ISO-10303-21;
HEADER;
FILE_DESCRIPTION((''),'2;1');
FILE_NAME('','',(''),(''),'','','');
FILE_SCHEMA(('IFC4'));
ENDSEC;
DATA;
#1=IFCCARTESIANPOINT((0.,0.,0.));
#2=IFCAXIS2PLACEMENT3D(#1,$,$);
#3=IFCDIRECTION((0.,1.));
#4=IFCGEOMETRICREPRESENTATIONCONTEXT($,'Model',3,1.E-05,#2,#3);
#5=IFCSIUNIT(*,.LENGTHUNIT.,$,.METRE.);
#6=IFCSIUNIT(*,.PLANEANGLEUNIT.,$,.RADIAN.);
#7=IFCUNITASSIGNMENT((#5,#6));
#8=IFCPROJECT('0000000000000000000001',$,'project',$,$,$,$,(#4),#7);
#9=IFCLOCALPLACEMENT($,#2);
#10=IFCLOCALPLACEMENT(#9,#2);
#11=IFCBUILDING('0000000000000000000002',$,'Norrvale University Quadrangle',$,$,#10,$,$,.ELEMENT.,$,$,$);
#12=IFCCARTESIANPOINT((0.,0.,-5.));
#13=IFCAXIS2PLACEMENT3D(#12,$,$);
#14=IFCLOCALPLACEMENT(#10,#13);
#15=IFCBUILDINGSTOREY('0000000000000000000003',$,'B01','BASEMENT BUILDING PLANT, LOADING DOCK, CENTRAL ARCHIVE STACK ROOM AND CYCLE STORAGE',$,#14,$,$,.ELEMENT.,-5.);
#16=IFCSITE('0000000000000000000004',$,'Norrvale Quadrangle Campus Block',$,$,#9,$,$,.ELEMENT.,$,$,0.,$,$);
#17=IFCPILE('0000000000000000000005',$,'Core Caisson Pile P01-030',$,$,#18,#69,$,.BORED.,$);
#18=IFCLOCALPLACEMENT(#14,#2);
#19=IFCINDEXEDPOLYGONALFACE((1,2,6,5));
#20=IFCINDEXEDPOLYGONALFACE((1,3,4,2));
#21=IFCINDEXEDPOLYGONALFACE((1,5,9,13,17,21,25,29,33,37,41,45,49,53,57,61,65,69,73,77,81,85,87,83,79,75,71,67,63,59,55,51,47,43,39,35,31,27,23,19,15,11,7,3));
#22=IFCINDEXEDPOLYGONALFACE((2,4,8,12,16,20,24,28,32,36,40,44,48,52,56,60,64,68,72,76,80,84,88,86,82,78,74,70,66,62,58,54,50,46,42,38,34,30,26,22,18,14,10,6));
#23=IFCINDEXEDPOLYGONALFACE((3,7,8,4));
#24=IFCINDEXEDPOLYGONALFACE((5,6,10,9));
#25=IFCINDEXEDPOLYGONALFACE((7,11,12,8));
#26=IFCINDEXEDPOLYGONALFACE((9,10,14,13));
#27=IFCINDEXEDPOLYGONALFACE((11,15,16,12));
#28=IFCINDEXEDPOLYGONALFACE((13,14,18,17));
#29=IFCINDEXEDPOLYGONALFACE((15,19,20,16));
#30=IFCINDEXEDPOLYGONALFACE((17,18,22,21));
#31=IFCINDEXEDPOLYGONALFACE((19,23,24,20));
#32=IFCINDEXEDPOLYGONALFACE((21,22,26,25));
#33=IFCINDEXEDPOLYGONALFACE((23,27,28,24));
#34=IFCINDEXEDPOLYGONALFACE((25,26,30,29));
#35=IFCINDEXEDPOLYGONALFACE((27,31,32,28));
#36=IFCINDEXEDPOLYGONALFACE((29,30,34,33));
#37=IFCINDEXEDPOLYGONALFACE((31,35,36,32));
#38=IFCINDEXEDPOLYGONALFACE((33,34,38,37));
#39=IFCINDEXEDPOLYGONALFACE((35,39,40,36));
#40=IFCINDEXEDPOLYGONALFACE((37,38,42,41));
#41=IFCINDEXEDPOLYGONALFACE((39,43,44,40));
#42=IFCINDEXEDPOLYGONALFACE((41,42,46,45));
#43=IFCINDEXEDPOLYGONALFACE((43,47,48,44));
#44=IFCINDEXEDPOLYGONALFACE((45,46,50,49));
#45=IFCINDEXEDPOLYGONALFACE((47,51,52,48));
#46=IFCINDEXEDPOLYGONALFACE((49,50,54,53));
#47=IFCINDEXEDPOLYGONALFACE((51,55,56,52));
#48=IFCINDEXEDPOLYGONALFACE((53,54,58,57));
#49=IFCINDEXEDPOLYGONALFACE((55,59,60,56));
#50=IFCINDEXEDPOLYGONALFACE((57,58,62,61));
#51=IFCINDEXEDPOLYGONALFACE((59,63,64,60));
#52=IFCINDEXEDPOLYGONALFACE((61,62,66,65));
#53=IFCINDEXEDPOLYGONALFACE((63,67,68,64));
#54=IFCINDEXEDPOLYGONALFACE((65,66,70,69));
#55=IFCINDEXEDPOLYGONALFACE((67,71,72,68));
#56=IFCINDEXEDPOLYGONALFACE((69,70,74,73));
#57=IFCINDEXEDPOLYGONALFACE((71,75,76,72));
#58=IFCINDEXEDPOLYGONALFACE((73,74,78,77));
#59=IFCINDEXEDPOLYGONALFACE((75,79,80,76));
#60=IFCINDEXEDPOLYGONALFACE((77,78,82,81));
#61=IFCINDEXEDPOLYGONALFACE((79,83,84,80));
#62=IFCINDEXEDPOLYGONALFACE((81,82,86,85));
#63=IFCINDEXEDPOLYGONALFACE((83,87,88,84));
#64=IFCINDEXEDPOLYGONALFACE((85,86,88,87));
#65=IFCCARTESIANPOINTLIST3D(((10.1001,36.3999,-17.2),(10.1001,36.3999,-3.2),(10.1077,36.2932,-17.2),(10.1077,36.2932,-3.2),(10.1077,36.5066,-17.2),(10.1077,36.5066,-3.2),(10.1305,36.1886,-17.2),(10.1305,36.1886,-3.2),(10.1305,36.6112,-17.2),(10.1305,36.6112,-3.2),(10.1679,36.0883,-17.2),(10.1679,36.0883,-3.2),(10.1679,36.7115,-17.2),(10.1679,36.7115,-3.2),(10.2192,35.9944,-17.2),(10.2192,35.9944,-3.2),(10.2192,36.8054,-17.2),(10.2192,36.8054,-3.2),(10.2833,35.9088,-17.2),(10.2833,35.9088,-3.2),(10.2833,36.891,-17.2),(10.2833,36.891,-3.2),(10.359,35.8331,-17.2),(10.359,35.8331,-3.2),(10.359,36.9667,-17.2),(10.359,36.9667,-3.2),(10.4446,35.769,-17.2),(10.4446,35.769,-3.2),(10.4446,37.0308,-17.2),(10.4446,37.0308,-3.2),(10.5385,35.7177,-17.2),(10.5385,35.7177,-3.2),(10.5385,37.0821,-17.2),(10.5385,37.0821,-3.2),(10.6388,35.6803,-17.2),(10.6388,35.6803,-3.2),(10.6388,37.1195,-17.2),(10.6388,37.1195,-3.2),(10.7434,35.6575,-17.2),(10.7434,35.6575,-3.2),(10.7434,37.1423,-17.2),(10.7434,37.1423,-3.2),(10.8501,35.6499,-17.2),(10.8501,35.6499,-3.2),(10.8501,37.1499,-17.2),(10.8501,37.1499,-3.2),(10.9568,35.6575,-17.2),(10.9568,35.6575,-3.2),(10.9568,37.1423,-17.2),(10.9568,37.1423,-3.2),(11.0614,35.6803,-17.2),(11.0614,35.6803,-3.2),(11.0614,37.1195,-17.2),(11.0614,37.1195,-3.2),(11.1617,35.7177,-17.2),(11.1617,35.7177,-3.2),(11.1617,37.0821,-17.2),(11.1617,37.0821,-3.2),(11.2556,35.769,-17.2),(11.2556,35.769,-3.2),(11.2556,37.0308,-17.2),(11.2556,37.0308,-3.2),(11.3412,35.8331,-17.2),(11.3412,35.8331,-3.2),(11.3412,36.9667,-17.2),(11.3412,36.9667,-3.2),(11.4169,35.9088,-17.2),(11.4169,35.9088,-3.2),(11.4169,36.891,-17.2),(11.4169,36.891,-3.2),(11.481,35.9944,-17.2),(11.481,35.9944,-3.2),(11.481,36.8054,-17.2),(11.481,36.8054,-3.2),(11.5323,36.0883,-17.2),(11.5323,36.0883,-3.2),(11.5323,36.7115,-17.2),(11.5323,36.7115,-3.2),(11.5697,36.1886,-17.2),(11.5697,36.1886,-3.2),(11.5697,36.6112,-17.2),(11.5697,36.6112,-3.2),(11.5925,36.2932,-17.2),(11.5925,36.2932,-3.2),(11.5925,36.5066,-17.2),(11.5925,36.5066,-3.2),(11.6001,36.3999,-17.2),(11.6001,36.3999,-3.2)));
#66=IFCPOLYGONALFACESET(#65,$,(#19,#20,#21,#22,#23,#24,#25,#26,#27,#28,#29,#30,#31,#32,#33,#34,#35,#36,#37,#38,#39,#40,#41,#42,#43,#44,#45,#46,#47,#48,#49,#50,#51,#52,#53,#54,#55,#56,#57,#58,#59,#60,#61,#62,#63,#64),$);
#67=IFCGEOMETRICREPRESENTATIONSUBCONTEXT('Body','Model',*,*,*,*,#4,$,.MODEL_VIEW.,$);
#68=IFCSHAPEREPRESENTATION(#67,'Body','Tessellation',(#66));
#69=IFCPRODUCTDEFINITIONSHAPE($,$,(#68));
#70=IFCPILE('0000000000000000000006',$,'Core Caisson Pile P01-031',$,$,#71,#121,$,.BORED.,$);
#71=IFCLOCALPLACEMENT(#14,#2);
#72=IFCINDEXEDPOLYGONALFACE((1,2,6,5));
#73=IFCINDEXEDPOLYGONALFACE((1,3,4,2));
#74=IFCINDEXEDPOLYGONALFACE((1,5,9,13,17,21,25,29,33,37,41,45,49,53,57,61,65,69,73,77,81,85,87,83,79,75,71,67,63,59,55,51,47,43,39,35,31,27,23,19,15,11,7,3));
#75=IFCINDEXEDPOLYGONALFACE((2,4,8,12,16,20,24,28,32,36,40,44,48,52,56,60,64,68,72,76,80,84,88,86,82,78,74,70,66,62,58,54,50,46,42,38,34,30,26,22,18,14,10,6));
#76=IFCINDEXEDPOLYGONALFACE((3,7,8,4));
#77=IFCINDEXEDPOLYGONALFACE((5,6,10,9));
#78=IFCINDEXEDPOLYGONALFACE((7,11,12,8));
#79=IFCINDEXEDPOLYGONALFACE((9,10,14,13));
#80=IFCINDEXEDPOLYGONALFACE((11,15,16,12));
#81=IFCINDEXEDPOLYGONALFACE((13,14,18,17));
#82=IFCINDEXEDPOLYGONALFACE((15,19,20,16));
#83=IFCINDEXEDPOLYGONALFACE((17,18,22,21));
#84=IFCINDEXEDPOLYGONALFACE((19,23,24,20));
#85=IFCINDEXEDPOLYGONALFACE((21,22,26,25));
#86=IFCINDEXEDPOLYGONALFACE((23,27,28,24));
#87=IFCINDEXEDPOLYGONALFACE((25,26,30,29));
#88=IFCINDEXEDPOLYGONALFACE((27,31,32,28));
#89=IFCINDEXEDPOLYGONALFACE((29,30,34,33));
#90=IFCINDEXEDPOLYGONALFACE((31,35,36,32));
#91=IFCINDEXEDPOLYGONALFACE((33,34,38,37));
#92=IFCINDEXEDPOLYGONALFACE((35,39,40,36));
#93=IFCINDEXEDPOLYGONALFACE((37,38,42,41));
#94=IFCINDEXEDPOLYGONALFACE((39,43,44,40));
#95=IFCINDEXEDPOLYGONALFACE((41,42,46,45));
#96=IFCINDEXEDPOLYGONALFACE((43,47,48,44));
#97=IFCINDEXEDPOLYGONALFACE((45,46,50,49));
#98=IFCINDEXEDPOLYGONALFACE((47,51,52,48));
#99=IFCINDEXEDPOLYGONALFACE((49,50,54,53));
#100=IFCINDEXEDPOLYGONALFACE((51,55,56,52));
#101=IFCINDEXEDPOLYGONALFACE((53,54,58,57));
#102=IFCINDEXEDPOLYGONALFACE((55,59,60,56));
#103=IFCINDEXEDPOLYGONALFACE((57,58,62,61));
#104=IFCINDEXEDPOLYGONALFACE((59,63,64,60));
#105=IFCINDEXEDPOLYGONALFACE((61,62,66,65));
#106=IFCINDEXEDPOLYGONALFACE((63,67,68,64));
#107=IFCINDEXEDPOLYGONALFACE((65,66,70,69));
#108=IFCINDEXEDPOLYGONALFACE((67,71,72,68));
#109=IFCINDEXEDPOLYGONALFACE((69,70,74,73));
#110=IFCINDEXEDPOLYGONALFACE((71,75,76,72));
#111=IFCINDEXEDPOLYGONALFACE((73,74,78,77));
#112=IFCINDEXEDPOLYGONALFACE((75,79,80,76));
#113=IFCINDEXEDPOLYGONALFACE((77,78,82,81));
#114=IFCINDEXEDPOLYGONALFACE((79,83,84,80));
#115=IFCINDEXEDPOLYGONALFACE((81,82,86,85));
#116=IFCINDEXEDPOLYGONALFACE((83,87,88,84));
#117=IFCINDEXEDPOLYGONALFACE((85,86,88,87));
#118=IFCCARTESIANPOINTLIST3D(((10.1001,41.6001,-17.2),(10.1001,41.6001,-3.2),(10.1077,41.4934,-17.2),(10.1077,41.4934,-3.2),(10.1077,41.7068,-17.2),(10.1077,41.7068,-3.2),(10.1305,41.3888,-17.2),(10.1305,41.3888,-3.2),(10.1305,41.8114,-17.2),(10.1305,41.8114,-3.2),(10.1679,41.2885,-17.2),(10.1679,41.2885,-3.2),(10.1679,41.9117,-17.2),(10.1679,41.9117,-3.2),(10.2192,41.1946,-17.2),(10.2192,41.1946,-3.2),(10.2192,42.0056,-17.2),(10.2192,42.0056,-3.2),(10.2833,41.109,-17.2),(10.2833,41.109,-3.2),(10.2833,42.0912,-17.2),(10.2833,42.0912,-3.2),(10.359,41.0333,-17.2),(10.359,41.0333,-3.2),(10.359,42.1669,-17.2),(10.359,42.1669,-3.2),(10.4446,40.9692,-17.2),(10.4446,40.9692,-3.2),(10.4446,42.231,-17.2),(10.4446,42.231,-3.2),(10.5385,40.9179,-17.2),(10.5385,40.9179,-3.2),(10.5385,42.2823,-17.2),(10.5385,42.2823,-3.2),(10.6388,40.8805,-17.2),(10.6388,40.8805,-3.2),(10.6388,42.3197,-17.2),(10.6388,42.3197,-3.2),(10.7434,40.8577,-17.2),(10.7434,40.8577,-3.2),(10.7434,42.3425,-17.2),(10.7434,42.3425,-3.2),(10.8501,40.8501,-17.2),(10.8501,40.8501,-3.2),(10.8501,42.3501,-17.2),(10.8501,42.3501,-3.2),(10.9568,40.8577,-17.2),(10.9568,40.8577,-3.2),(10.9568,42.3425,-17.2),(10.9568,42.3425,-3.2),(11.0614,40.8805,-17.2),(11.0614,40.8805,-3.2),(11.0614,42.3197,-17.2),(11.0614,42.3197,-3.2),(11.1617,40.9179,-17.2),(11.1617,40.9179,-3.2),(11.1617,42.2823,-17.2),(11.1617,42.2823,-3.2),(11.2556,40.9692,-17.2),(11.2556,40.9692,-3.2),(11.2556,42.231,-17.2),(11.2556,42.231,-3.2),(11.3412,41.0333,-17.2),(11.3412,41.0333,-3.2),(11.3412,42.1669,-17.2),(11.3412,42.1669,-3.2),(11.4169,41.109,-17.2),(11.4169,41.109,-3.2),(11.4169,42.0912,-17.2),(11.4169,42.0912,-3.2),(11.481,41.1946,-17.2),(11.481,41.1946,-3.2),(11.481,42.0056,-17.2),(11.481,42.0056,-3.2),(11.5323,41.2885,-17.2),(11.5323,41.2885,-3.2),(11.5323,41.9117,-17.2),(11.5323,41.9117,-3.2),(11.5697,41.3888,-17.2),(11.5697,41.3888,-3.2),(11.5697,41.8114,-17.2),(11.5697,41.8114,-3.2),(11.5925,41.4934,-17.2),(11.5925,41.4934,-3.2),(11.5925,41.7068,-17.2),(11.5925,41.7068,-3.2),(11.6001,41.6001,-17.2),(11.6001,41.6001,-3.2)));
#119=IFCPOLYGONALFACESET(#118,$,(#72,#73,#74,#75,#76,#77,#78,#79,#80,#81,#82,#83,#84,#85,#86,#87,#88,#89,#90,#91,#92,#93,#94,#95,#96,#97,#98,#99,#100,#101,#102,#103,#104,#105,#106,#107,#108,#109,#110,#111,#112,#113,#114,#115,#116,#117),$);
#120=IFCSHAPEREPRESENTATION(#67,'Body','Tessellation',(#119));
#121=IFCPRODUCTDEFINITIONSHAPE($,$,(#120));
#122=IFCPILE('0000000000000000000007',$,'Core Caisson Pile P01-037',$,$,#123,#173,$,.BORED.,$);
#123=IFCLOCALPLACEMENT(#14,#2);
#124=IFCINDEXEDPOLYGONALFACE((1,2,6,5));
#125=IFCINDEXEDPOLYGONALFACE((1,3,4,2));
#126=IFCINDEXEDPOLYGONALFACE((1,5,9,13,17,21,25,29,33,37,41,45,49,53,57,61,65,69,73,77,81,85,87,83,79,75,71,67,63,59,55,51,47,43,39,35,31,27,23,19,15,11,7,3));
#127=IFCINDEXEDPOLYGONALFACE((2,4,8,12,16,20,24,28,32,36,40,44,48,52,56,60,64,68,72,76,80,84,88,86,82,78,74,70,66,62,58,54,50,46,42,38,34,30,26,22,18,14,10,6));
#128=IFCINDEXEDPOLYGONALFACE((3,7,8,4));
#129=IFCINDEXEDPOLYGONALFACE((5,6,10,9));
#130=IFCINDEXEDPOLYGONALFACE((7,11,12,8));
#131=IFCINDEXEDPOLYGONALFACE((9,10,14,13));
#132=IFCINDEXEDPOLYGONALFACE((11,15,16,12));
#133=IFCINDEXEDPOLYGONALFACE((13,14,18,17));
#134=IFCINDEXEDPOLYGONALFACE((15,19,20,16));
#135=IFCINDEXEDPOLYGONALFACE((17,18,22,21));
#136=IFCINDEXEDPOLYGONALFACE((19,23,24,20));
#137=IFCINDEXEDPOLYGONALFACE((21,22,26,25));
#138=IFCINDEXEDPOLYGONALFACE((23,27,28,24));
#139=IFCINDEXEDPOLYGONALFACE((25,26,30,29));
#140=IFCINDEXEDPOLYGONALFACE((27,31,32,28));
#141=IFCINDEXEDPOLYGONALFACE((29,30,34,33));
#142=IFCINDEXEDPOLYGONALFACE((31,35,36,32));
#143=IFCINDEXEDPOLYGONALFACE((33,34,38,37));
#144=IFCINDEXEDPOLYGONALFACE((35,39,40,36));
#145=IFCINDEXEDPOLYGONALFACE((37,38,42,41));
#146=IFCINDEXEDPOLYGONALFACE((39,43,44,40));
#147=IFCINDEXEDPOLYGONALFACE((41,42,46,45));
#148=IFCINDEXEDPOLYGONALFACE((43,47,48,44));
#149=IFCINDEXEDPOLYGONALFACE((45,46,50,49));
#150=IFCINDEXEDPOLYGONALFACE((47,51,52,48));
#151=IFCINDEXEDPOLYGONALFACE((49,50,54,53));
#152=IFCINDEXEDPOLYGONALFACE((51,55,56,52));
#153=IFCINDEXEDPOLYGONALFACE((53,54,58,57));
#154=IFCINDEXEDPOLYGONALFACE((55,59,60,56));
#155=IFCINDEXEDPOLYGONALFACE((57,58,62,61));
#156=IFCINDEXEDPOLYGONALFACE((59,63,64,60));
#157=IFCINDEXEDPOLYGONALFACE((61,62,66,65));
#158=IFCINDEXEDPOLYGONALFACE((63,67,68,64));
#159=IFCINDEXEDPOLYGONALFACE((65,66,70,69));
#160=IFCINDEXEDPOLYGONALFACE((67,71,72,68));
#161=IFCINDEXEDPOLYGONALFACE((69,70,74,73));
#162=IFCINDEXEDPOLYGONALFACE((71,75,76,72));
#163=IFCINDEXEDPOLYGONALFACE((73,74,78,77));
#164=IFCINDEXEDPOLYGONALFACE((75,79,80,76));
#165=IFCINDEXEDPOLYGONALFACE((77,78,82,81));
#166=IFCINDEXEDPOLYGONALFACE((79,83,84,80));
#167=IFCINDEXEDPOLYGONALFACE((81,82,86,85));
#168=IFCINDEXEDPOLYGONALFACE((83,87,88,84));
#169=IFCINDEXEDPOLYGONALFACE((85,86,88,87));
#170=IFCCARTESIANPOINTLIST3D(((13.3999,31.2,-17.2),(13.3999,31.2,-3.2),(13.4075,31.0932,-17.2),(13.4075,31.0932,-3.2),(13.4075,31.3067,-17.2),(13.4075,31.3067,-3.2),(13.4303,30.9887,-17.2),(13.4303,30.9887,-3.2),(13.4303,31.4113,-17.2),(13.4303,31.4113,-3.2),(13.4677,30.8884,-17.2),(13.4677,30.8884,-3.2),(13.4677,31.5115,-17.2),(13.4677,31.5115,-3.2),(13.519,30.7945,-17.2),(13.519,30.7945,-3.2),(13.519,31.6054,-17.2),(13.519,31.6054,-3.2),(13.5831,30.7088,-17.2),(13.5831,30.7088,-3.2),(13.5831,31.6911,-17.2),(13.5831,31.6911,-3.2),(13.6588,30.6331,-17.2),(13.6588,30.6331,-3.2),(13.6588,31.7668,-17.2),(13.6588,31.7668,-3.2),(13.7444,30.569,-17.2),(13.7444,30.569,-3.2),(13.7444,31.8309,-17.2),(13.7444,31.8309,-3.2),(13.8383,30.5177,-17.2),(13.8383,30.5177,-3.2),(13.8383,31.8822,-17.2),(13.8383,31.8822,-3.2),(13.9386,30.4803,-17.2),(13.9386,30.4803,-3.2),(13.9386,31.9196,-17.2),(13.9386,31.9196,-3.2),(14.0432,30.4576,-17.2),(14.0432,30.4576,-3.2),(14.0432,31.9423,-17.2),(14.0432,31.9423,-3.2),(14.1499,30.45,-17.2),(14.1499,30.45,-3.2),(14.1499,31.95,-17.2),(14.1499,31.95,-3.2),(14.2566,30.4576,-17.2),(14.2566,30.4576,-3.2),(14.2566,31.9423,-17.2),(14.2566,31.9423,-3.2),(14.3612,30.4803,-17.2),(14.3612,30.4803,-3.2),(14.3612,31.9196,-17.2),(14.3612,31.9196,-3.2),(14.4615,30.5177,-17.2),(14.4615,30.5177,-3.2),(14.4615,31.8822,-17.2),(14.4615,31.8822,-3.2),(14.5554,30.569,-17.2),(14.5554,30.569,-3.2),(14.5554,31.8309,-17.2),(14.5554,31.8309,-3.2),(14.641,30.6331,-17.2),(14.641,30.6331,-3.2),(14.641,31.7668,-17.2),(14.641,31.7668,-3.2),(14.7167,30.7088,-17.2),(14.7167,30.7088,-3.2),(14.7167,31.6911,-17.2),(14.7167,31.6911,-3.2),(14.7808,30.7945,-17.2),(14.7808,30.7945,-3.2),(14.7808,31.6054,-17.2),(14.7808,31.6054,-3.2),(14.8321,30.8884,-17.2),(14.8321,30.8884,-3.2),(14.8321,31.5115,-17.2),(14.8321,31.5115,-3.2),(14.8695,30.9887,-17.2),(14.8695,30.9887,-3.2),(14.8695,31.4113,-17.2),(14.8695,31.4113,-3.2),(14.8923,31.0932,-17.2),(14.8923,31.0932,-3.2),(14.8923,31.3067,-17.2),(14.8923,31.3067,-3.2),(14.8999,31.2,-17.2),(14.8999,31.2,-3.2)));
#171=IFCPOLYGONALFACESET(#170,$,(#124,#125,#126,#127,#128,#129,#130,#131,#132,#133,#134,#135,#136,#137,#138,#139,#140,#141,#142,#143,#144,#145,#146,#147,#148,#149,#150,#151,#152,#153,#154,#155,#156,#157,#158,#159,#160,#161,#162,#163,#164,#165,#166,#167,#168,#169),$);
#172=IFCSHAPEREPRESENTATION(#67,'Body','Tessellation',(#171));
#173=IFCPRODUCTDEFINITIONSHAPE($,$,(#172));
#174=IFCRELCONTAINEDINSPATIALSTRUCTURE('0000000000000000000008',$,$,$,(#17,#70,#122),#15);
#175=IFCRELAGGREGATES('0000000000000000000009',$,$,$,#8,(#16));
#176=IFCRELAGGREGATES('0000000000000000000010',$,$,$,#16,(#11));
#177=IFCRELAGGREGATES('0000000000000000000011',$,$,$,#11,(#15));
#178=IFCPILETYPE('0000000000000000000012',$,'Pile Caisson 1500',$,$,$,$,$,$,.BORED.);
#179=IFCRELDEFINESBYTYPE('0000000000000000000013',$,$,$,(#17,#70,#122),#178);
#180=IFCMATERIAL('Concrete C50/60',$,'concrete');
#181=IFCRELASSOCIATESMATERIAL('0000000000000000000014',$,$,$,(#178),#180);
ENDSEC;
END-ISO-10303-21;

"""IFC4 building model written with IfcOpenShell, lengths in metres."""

from ifc_helpers import new_model, si_unit, direction, frame, origin, origin_2d, place, context, subcontext, project, spatial, circle, extrude, material, material_profile, profile_set, type_object, element, save


model = new_model("IFC4")

# Units and contexts
model_context = context("Model", 3, precision=1e-05, world=origin(), true_north=direction((0.0, 1.0)))
body_context = subcontext(model_context, "Body", "Model", "MODEL_VIEW")
ifc_project = project(units=[si_unit("LENGTHUNIT", "METRE"), si_unit("PLANEANGLEUNIT", "RADIAN")], contexts=[model_context])

# Site, building, storey
site_placement = place(None, origin())
site = spatial("IfcSite", under=ifc_project, at=site_placement, Name="Norrvale Quadrangle Campus Block", CompositionType="ELEMENT", RefElevation=0.0)
building_placement = place(site_placement, origin())
building = spatial("IfcBuilding", under=site, at=building_placement, Name="Norrvale University Quadrangle", CompositionType="ELEMENT")
storey_placement = place(building_placement, frame((0.0, 0.0, -5.0)))
storey = spatial("IfcBuildingStorey", under=building, at=storey_placement, Name="B01", Description="BASEMENT BUILDING PLANT, LOADING DOCK, CENTRAL ARCHIVE STACK ROOM AND CYCLE STORAGE", CompositionType="ELEMENT", Elevation=-5.0)

# Shared definitions
ifc_material_1 = material(Name="Concrete C50/60", Category="concrete")

# Piles
ifc_material_profile_1 = material_profile(ifc_material_1, circle(Radius=0.75, at=origin_2d()), Name="Concrete C50/60")
ifc_profile_set_1 = profile_set([ifc_material_profile_1], Name="Concrete C50/60")
pile_type_1 = type_object("IfcPileType", Name="Pile Caisson 1500", PredefinedType="BORED", material=ifc_profile_set_1)
for number, where, z_axis, x_axis, name in (
    (1, (10.8501, 36.3999, -3.2), (0.0, 0.0, -1.0), (1.0, 0.0, 0.0), "Core Caisson Pile P01-030"),
    (2, (10.8501, 41.6001, -3.2), (0.0, 0.0, -1.0), (1.0, 0.0, 0.0), "Core Caisson Pile P01-031"),
    (3, (14.1499, 31.2, -3.2), (0.0, 0.0, -1.0), (1.0, 0.0, 0.0), "Core Caisson Pile P01-037"),
):
    element("IfcPile", number, at=place(storey_placement, frame(where, z_axis=z_axis, x_axis=x_axis)), inside=storey, type_object=pile_type_1, Name=name, PredefinedType="BORED", context=body_context, shape_type="SweptSolid", body=[
        extrude(circle(Radius=0.75, at=origin_2d()), origin(), (0.0, 0.0, 1.0), 14.0),
    ])

save(model, "model.ifc")
